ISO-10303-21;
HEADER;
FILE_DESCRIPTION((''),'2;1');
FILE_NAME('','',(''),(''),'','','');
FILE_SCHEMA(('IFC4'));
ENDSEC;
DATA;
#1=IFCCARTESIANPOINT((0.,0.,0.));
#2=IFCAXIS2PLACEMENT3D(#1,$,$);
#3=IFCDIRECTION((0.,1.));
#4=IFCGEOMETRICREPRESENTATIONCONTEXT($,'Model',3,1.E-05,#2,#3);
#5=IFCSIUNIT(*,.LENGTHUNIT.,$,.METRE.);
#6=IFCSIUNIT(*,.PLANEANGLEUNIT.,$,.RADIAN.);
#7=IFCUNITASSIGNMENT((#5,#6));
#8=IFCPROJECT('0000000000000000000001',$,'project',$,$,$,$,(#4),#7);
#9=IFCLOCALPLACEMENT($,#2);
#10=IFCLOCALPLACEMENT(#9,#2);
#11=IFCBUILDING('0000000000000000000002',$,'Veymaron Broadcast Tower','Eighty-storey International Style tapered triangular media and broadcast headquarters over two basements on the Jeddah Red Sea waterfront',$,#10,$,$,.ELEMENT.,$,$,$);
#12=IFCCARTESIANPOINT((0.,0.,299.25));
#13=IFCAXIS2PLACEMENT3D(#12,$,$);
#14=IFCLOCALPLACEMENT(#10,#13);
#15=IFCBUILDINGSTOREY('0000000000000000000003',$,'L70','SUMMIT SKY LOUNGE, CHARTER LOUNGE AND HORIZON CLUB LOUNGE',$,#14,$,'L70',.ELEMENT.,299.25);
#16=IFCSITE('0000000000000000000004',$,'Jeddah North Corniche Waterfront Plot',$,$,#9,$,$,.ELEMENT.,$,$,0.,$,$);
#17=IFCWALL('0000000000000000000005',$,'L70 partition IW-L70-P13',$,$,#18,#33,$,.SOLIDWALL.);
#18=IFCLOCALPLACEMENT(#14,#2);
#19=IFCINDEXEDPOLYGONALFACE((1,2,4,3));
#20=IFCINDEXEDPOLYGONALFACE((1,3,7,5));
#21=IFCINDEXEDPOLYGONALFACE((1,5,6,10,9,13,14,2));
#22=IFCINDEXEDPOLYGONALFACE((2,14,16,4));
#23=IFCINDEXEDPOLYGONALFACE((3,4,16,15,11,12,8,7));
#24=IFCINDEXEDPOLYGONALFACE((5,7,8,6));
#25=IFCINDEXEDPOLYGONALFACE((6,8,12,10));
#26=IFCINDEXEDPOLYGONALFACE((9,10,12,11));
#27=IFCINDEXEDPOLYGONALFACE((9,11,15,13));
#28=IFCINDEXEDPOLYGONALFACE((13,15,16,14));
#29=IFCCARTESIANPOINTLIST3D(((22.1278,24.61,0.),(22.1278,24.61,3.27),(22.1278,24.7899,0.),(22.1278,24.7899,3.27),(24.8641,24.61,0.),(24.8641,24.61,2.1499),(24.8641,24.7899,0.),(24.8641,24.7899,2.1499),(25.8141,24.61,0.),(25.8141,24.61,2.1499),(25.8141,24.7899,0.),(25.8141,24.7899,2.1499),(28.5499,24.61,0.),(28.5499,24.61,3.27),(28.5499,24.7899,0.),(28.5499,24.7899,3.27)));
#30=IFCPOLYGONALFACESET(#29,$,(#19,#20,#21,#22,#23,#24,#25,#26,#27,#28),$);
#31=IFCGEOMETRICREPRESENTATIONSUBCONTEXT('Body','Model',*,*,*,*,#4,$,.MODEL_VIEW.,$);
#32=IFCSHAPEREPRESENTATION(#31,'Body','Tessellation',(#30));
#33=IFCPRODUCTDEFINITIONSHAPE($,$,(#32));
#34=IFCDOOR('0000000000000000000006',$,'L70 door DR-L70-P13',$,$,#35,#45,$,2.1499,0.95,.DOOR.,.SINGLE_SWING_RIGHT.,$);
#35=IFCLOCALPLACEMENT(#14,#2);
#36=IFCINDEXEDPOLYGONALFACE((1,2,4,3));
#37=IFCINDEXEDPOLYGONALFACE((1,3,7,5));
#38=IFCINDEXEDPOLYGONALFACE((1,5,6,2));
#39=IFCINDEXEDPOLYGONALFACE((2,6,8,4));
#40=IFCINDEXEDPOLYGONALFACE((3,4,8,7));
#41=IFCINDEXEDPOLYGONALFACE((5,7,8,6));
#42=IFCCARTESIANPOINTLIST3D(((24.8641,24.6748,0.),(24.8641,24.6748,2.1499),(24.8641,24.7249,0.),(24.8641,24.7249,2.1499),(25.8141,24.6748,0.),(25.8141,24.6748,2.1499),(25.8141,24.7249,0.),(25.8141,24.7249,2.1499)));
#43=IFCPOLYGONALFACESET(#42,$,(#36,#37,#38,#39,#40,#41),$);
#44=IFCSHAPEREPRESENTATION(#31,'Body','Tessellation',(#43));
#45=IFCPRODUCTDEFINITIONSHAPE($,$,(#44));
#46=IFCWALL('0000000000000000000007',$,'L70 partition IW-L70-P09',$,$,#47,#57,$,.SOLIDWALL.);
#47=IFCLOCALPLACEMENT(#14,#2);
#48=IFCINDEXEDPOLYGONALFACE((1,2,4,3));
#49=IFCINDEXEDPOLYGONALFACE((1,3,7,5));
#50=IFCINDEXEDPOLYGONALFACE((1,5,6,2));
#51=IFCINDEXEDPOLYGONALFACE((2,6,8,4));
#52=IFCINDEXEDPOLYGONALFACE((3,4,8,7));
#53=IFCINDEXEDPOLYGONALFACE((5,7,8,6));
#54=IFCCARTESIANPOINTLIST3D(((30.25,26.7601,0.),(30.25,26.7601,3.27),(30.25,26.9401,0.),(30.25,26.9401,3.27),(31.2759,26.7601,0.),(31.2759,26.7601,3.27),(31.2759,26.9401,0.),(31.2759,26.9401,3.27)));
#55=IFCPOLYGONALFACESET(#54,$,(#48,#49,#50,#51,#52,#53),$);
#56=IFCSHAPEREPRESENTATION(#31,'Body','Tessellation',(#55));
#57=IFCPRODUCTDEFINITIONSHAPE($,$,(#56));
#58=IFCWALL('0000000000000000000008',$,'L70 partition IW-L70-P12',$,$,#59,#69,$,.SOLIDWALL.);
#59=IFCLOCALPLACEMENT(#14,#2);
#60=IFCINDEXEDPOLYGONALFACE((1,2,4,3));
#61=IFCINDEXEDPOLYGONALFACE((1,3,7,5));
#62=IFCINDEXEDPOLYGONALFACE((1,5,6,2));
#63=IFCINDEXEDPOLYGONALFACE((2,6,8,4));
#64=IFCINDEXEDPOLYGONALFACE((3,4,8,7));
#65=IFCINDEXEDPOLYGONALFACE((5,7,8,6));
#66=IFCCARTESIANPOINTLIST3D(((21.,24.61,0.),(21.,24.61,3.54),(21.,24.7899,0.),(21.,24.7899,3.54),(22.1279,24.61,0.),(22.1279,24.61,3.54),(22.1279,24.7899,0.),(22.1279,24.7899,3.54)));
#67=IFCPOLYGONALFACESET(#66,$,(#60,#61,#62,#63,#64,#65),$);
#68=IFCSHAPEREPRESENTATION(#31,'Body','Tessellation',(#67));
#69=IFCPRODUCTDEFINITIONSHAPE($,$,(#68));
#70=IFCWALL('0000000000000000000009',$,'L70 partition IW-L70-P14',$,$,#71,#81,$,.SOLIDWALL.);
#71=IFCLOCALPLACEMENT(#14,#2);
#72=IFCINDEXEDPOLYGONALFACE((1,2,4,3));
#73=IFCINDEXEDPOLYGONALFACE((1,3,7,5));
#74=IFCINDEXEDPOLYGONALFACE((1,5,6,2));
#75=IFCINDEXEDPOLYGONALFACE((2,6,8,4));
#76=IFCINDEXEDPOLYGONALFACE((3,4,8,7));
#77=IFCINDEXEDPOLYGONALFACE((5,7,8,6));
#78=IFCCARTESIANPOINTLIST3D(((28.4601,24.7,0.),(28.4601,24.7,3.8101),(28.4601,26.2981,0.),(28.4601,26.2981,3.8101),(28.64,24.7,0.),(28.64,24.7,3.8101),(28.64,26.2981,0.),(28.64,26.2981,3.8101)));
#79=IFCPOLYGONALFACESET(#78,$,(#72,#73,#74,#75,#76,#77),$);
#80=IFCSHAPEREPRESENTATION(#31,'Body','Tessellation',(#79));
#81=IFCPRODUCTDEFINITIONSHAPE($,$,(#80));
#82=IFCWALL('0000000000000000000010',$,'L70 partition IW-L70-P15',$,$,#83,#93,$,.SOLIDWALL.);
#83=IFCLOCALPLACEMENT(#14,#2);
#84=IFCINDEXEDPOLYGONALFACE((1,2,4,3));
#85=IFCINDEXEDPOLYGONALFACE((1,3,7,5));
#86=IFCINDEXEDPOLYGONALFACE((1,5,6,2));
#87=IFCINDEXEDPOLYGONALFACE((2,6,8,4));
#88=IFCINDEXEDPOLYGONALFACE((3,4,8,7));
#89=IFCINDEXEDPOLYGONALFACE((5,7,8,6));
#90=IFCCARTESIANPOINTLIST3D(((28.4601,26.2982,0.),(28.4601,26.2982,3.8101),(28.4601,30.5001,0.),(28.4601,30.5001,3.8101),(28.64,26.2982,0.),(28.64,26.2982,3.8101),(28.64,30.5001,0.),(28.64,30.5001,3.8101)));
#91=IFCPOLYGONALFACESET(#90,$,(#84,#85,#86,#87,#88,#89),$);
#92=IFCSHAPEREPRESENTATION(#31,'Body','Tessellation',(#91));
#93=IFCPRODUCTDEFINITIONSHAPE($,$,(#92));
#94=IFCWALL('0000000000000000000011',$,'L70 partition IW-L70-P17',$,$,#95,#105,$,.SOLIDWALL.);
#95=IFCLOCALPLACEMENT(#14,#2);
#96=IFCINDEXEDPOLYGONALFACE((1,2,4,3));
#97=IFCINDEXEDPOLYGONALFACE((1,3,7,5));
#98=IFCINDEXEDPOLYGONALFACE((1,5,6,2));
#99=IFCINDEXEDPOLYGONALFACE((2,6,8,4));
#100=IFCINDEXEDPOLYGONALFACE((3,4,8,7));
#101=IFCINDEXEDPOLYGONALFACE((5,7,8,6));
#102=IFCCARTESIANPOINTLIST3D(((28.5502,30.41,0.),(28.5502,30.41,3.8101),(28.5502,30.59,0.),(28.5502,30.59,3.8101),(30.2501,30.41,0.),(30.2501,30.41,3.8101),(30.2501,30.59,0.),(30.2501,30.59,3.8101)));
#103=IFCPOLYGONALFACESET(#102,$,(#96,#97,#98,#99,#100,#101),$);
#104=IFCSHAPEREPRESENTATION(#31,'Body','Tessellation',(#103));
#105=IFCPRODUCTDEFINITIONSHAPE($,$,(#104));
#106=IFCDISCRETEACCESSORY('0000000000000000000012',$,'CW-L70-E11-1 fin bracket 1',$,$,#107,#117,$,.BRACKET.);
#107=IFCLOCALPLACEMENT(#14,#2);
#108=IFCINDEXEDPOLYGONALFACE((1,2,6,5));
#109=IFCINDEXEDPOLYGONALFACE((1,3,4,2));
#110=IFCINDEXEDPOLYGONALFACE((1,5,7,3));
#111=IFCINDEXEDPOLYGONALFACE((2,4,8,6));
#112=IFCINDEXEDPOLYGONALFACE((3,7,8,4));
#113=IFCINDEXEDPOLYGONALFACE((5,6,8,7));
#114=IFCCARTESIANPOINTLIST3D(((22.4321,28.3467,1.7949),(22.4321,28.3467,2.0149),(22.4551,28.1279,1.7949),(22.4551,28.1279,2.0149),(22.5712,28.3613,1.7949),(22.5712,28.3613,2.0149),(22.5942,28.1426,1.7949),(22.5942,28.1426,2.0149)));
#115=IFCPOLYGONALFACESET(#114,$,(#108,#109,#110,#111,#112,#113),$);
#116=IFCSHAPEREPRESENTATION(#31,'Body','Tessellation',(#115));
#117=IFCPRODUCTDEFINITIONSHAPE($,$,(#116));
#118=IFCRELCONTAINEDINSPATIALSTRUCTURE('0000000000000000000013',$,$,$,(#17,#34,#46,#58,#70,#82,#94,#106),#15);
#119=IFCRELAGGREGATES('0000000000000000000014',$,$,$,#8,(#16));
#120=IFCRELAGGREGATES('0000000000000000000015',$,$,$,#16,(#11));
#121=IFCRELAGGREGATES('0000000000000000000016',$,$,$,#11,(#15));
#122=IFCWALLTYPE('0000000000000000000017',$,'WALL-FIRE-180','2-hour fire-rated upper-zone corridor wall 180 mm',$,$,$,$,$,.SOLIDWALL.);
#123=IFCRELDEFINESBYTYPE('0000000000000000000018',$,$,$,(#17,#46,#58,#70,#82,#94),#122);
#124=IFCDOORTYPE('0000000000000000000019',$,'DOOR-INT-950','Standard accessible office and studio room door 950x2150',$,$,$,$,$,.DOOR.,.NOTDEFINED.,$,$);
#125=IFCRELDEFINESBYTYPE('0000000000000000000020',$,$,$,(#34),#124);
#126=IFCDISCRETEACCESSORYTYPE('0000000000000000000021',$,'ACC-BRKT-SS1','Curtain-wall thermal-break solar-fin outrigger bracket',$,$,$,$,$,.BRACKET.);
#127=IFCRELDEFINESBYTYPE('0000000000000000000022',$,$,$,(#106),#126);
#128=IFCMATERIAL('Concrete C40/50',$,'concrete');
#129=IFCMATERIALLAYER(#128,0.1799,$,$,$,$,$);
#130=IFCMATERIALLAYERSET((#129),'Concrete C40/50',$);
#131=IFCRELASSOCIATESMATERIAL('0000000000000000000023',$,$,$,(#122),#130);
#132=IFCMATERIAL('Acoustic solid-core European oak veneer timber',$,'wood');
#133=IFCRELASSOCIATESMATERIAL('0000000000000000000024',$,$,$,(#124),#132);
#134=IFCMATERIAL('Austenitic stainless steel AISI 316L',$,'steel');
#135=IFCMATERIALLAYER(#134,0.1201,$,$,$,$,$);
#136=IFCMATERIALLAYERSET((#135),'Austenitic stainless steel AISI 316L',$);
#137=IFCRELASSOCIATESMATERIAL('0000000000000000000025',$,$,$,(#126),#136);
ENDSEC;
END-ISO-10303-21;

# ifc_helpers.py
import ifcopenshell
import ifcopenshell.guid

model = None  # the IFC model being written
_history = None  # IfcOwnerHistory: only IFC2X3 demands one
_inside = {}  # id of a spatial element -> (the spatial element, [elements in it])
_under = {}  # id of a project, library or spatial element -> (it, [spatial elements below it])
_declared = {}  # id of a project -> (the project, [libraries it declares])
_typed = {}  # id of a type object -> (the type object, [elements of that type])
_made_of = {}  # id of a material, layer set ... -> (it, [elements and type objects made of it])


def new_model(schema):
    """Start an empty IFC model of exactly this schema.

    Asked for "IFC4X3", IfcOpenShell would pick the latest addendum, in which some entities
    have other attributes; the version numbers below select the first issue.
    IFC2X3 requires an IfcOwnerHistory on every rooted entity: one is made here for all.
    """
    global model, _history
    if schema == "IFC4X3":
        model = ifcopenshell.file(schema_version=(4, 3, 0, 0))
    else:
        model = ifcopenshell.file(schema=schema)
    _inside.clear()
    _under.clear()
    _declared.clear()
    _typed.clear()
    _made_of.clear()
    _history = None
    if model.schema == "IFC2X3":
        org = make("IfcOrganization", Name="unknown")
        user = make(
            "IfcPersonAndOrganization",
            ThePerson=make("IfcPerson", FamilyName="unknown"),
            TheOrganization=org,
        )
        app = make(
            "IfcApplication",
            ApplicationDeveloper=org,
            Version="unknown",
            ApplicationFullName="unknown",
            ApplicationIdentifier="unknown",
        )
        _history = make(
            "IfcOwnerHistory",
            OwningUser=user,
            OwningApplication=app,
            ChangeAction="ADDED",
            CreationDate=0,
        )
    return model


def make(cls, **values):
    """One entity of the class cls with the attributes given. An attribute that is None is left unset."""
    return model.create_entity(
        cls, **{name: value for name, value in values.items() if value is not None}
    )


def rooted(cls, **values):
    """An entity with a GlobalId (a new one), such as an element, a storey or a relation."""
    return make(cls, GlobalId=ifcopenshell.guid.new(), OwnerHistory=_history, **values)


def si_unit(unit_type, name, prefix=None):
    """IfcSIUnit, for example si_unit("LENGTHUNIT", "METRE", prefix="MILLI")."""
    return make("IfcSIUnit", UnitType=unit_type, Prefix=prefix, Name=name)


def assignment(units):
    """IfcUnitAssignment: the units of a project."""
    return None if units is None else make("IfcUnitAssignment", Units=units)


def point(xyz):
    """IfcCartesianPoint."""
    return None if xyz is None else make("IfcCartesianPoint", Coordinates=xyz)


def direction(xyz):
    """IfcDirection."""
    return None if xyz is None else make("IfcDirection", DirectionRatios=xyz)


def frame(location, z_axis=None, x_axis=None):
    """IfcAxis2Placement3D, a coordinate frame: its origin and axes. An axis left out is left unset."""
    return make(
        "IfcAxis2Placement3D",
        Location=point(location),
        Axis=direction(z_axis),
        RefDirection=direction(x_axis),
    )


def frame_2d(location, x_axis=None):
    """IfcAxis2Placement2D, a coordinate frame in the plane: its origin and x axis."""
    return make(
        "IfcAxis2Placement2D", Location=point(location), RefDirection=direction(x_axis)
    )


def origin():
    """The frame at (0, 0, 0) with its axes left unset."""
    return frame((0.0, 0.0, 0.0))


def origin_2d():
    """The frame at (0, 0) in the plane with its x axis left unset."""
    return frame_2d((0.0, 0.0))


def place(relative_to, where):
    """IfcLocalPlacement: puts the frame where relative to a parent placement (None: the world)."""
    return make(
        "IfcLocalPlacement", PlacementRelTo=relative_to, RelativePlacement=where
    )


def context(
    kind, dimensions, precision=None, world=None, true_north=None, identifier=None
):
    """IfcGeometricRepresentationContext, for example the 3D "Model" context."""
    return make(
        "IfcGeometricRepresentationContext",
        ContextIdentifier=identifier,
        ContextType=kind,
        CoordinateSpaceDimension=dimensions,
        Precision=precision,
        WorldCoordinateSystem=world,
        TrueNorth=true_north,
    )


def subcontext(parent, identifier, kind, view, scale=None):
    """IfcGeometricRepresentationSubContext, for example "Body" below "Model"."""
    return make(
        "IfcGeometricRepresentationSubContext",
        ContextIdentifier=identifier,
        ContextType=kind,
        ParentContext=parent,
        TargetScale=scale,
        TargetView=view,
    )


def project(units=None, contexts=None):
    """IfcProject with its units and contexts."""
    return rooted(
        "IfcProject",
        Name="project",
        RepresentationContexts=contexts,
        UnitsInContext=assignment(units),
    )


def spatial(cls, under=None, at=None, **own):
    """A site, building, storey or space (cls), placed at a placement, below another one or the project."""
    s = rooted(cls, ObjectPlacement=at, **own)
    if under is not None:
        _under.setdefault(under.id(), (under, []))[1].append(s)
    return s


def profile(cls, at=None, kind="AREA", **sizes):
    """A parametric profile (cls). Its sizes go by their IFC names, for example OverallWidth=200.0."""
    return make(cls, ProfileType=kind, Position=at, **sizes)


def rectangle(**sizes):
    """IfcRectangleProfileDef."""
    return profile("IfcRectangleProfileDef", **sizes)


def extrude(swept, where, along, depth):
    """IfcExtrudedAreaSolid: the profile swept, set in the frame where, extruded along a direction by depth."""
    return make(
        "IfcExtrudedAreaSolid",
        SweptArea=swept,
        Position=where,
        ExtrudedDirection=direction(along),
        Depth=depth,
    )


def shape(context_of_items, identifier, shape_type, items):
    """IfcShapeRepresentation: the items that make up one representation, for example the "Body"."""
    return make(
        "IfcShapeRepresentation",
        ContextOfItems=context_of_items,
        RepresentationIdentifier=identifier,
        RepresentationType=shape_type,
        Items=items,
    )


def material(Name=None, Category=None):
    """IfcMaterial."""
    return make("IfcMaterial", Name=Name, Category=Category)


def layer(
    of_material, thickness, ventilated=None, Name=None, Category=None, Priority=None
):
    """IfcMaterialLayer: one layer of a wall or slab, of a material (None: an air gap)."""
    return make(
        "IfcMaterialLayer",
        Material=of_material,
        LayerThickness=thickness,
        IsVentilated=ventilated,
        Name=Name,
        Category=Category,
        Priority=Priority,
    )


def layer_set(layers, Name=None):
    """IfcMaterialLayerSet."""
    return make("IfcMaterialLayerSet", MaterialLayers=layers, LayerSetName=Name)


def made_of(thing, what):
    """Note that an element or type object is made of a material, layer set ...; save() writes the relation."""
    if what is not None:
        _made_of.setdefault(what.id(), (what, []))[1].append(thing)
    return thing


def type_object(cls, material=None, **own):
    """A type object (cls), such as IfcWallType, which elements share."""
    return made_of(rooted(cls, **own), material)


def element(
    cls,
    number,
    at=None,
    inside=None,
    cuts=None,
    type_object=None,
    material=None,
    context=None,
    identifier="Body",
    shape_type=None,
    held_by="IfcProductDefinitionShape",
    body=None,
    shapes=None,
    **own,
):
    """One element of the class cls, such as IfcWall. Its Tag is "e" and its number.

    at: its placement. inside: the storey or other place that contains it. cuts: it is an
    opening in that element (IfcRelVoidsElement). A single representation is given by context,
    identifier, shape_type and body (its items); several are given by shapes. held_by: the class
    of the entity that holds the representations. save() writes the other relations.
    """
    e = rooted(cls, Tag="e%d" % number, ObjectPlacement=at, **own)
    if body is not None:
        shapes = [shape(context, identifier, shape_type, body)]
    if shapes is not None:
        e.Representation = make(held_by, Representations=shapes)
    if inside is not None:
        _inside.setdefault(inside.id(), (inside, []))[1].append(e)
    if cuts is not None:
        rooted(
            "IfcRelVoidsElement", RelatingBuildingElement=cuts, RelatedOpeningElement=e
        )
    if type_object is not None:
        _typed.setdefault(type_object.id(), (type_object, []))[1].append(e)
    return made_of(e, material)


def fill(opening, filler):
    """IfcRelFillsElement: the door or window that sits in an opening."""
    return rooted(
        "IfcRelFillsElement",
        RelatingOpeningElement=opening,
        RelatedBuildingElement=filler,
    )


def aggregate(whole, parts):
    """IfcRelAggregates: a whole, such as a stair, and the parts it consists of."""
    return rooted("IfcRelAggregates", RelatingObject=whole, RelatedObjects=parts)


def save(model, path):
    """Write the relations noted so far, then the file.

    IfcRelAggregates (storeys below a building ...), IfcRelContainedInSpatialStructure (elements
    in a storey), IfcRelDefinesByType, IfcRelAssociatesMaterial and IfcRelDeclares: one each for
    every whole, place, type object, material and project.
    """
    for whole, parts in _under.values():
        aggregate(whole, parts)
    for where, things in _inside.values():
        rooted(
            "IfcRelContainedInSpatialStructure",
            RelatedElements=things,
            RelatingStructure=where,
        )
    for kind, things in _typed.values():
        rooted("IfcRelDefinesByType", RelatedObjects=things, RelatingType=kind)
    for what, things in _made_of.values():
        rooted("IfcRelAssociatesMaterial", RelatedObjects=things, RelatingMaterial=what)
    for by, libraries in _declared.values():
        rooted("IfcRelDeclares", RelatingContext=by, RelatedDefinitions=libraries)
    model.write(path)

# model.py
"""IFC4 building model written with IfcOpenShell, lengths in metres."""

from ifc_helpers import new_model, si_unit, direction, frame, frame_2d, origin, origin_2d, place, context, subcontext, project, spatial, rectangle, extrude, material, layer, layer_set, type_object, element, fill, save


model = new_model("IFC4")

# Units and contexts
model_context = context("Model", 3, precision=1e-05, world=origin(), true_north=direction((0.0, 1.0)))
body_context = subcontext(model_context, "Body", "Model", "MODEL_VIEW")
ifc_project = project(units=[si_unit("LENGTHUNIT", "METRE"), si_unit("PLANEANGLEUNIT", "RADIAN")], contexts=[model_context])

# Site, building, storey
site_placement = place(None, origin())
site = spatial("IfcSite", under=ifc_project, at=site_placement, Name="Jeddah North Corniche Waterfront Plot", CompositionType="ELEMENT", RefElevation=0.0)
building_placement = place(site_placement, origin())
building = spatial("IfcBuilding", under=site, at=building_placement, Name="Veymaron Broadcast Tower", Description="Eighty-storey International Style tapered triangular media and broadcast headquarters over two basements on the Jeddah Red Sea waterfront", CompositionType="ELEMENT")
storey_placement = place(building_placement, frame((0.0, 0.0, 299.25)))
storey = spatial("IfcBuildingStorey", under=building, at=storey_placement, Name="L70", Description="SUMMIT SKY LOUNGE, CHARTER LOUNGE AND HORIZON CLUB LOUNGE", LongName="L70", CompositionType="ELEMENT", Elevation=299.25)

# Shared definitions
ifc_material_1 = material(Name="Concrete C40/50", Category="concrete")

# Wall, opening, door
ifc_layer_1 = layer(ifc_material_1, 0.1799)
ifc_layer_set_1 = layer_set([ifc_layer_1], Name="Concrete C40/50")
wall_type_1 = type_object("IfcWallType", Name="WALL-FIRE-180", Description="2-hour fire-rated upper-zone corridor wall 180 mm", PredefinedType="SOLIDWALL", material=ifc_layer_set_1)
wall_1_placement = place(storey_placement, frame((22.1279, 24.7, 0.0), z_axis=(0.0, 0.0, 1.0), x_axis=(1.0, 0.0, 0.0)))
wall_1 = element("IfcWall", 1, at=wall_1_placement, inside=storey, type_object=wall_type_1, Name="L70 partition IW-L70-P13", PredefinedType="SOLIDWALL", context=body_context, shape_type="SweptSolid", body=[
    extrude(rectangle(XDim=6.4221, YDim=0.1799, at=frame_2d((3.2109, 0.0))), origin(), (0.0, 0.0, 1.0), 3.27),
])
opening_1_placement = place(wall_1_placement, frame((2.7361, 0.0, 0.0)))
opening_1 = element("IfcOpeningElement", 2, at=opening_1_placement, cuts=wall_1, PredefinedType="OPENING", context=body_context, shape_type="SweptSolid", body=[
    extrude(rectangle(XDim=0.95, YDim=2.1499, at=frame_2d((0.4751, 1.075))), frame((0.0, 0.1001, 0.0), z_axis=(0.0, -1.0, 0.0), x_axis=(1.0, 0.0, 0.0)), (0.0, 0.0, 1.0), 0.2),
])
ifc_material_2 = material(Name="Acoustic solid-core European oak veneer timber", Category="wood")
door_type = type_object("IfcDoorType", Name="DOOR-INT-950", Description="Standard accessible office and studio room door 950x2150", OperationType="NOTDEFINED", PredefinedType="DOOR", material=ifc_material_2)
door_1_placement = place(opening_1_placement, origin())
door_1 = element("IfcDoor", 3, at=door_1_placement, inside=storey, type_object=door_type, Name="L70 door DR-L70-P13", OperationType="SINGLE_SWING_RIGHT", OverallHeight=2.1499, OverallWidth=0.95, PredefinedType="DOOR", context=body_context, shape_type="SweptSolid", body=[
    extrude(rectangle(XDim=0.95, YDim=2.1499, at=frame_2d((0.4751, 1.075))), frame((0.0, 0.0249, 0.0), z_axis=(0.0, -1.0, 0.0), x_axis=(1.0, 0.0, 0.0)), (0.0, 0.0, 1.0), 0.05),
])
fill(opening_1, door_1)

# Walls
wall_2_placement = place(storey_placement, frame((30.25, 26.8501, 0.0), z_axis=(0.0, 0.0, 1.0), x_axis=(1.0, 0.0, 0.0)))
element("IfcWall", 4, at=wall_2_placement, inside=storey, type_object=wall_type_1, Name="L70 partition IW-L70-P09", PredefinedType="SOLIDWALL", context=body_context, shape_type="SweptSolid", body=[
    extrude(rectangle(XDim=1.0259, YDim=0.1799, at=frame_2d((0.5129, 0.0))), origin(), (0.0, 0.0, 1.0), 3.27),
])
wall_3_placement = place(storey_placement, frame((21.0, 24.7, 0.0), z_axis=(0.0, 0.0, 1.0), x_axis=(1.0, 0.0, 0.0)))
element("IfcWall", 5, at=wall_3_placement, inside=storey, type_object=wall_type_1, Name="L70 partition IW-L70-P12", PredefinedType="SOLIDWALL", context=body_context, shape_type="SweptSolid", body=[
    extrude(rectangle(XDim=1.1279, YDim=0.1799, at=frame_2d((0.564, 0.0))), origin(), (0.0, 0.0, 1.0), 3.54),
])
wall_4_placement = place(storey_placement, frame((28.55, 24.7, 0.0), z_axis=(0.0, 0.0, 1.0), x_axis=(0.0, 1.0, 0.0)))
element("IfcWall", 6, at=wall_4_placement, inside=storey, type_object=wall_type_1, Name="L70 partition IW-L70-P14", PredefinedType="SOLIDWALL", context=body_context, shape_type="SweptSolid", body=[
    extrude(rectangle(XDim=1.5981, YDim=0.1799, at=frame_2d((0.7991, 0.0))), origin(), (0.0, 0.0, 1.0), 3.8101),
])
wall_5_placement = place(storey_placement, frame((28.55, 26.2981, 0.0), z_axis=(0.0, 0.0, 1.0), x_axis=(0.0, 1.0, 0.0)))
element("IfcWall", 7, at=wall_5_placement, inside=storey, type_object=wall_type_1, Name="L70 partition IW-L70-P15", PredefinedType="SOLIDWALL", context=body_context, shape_type="SweptSolid", body=[
    extrude(rectangle(XDim=4.2019, YDim=0.1799, at=frame_2d((2.1011, 0.0))), origin(), (0.0, 0.0, 1.0), 3.8101),
])
wall_6_placement = place(storey_placement, frame((28.55, 30.5, 0.0), z_axis=(0.0, 0.0, 1.0), x_axis=(1.0, 0.0, 0.0)))
element("IfcWall", 8, at=wall_6_placement, inside=storey, type_object=wall_type_1, Name="L70 partition IW-L70-P17", PredefinedType="SOLIDWALL", context=body_context, shape_type="SweptSolid", body=[
    extrude(rectangle(XDim=1.7, YDim=0.1799, at=frame_2d((0.8501, 0.0))), origin(), (0.0, 0.0, 1.0), 3.8101),
])

# Discrete accessory
ifc_material_3 = material(Name="Austenitic stainless steel AISI 316L", Category="steel")
ifc_layer_2 = layer(ifc_material_3, 0.1201)
ifc_layer_set_2 = layer_set([ifc_layer_2], Name="Austenitic stainless steel AISI 316L")
discrete_accessory_type = type_object("IfcDiscreteAccessoryType", Name="ACC-BRKT-SS1", Description="Curtain-wall thermal-break solar-fin outrigger bracket", PredefinedType="BRACKET", material=ifc_layer_set_2)
discrete_accessory_placement = place(storey_placement, frame((22.5132, 28.2446, 1.7949), z_axis=(0.0, 0.0, 1.0), x_axis=(-0.104563, 0.994518, 0.0)))
element("IfcDiscreteAccessory", 9, at=discrete_accessory_placement, inside=storey, type_object=discrete_accessory_type, Name="CW-L70-E11-1 fin bracket 1", PredefinedType="BRACKET", context=body_context, shape_type="SweptSolid", body=[
    extrude(rectangle(XDim=0.22, YDim=0.1399, at=origin_2d()), origin(), (0.0, 0.0, 1.0), 0.22),
])

save(model, "model.ifc")
